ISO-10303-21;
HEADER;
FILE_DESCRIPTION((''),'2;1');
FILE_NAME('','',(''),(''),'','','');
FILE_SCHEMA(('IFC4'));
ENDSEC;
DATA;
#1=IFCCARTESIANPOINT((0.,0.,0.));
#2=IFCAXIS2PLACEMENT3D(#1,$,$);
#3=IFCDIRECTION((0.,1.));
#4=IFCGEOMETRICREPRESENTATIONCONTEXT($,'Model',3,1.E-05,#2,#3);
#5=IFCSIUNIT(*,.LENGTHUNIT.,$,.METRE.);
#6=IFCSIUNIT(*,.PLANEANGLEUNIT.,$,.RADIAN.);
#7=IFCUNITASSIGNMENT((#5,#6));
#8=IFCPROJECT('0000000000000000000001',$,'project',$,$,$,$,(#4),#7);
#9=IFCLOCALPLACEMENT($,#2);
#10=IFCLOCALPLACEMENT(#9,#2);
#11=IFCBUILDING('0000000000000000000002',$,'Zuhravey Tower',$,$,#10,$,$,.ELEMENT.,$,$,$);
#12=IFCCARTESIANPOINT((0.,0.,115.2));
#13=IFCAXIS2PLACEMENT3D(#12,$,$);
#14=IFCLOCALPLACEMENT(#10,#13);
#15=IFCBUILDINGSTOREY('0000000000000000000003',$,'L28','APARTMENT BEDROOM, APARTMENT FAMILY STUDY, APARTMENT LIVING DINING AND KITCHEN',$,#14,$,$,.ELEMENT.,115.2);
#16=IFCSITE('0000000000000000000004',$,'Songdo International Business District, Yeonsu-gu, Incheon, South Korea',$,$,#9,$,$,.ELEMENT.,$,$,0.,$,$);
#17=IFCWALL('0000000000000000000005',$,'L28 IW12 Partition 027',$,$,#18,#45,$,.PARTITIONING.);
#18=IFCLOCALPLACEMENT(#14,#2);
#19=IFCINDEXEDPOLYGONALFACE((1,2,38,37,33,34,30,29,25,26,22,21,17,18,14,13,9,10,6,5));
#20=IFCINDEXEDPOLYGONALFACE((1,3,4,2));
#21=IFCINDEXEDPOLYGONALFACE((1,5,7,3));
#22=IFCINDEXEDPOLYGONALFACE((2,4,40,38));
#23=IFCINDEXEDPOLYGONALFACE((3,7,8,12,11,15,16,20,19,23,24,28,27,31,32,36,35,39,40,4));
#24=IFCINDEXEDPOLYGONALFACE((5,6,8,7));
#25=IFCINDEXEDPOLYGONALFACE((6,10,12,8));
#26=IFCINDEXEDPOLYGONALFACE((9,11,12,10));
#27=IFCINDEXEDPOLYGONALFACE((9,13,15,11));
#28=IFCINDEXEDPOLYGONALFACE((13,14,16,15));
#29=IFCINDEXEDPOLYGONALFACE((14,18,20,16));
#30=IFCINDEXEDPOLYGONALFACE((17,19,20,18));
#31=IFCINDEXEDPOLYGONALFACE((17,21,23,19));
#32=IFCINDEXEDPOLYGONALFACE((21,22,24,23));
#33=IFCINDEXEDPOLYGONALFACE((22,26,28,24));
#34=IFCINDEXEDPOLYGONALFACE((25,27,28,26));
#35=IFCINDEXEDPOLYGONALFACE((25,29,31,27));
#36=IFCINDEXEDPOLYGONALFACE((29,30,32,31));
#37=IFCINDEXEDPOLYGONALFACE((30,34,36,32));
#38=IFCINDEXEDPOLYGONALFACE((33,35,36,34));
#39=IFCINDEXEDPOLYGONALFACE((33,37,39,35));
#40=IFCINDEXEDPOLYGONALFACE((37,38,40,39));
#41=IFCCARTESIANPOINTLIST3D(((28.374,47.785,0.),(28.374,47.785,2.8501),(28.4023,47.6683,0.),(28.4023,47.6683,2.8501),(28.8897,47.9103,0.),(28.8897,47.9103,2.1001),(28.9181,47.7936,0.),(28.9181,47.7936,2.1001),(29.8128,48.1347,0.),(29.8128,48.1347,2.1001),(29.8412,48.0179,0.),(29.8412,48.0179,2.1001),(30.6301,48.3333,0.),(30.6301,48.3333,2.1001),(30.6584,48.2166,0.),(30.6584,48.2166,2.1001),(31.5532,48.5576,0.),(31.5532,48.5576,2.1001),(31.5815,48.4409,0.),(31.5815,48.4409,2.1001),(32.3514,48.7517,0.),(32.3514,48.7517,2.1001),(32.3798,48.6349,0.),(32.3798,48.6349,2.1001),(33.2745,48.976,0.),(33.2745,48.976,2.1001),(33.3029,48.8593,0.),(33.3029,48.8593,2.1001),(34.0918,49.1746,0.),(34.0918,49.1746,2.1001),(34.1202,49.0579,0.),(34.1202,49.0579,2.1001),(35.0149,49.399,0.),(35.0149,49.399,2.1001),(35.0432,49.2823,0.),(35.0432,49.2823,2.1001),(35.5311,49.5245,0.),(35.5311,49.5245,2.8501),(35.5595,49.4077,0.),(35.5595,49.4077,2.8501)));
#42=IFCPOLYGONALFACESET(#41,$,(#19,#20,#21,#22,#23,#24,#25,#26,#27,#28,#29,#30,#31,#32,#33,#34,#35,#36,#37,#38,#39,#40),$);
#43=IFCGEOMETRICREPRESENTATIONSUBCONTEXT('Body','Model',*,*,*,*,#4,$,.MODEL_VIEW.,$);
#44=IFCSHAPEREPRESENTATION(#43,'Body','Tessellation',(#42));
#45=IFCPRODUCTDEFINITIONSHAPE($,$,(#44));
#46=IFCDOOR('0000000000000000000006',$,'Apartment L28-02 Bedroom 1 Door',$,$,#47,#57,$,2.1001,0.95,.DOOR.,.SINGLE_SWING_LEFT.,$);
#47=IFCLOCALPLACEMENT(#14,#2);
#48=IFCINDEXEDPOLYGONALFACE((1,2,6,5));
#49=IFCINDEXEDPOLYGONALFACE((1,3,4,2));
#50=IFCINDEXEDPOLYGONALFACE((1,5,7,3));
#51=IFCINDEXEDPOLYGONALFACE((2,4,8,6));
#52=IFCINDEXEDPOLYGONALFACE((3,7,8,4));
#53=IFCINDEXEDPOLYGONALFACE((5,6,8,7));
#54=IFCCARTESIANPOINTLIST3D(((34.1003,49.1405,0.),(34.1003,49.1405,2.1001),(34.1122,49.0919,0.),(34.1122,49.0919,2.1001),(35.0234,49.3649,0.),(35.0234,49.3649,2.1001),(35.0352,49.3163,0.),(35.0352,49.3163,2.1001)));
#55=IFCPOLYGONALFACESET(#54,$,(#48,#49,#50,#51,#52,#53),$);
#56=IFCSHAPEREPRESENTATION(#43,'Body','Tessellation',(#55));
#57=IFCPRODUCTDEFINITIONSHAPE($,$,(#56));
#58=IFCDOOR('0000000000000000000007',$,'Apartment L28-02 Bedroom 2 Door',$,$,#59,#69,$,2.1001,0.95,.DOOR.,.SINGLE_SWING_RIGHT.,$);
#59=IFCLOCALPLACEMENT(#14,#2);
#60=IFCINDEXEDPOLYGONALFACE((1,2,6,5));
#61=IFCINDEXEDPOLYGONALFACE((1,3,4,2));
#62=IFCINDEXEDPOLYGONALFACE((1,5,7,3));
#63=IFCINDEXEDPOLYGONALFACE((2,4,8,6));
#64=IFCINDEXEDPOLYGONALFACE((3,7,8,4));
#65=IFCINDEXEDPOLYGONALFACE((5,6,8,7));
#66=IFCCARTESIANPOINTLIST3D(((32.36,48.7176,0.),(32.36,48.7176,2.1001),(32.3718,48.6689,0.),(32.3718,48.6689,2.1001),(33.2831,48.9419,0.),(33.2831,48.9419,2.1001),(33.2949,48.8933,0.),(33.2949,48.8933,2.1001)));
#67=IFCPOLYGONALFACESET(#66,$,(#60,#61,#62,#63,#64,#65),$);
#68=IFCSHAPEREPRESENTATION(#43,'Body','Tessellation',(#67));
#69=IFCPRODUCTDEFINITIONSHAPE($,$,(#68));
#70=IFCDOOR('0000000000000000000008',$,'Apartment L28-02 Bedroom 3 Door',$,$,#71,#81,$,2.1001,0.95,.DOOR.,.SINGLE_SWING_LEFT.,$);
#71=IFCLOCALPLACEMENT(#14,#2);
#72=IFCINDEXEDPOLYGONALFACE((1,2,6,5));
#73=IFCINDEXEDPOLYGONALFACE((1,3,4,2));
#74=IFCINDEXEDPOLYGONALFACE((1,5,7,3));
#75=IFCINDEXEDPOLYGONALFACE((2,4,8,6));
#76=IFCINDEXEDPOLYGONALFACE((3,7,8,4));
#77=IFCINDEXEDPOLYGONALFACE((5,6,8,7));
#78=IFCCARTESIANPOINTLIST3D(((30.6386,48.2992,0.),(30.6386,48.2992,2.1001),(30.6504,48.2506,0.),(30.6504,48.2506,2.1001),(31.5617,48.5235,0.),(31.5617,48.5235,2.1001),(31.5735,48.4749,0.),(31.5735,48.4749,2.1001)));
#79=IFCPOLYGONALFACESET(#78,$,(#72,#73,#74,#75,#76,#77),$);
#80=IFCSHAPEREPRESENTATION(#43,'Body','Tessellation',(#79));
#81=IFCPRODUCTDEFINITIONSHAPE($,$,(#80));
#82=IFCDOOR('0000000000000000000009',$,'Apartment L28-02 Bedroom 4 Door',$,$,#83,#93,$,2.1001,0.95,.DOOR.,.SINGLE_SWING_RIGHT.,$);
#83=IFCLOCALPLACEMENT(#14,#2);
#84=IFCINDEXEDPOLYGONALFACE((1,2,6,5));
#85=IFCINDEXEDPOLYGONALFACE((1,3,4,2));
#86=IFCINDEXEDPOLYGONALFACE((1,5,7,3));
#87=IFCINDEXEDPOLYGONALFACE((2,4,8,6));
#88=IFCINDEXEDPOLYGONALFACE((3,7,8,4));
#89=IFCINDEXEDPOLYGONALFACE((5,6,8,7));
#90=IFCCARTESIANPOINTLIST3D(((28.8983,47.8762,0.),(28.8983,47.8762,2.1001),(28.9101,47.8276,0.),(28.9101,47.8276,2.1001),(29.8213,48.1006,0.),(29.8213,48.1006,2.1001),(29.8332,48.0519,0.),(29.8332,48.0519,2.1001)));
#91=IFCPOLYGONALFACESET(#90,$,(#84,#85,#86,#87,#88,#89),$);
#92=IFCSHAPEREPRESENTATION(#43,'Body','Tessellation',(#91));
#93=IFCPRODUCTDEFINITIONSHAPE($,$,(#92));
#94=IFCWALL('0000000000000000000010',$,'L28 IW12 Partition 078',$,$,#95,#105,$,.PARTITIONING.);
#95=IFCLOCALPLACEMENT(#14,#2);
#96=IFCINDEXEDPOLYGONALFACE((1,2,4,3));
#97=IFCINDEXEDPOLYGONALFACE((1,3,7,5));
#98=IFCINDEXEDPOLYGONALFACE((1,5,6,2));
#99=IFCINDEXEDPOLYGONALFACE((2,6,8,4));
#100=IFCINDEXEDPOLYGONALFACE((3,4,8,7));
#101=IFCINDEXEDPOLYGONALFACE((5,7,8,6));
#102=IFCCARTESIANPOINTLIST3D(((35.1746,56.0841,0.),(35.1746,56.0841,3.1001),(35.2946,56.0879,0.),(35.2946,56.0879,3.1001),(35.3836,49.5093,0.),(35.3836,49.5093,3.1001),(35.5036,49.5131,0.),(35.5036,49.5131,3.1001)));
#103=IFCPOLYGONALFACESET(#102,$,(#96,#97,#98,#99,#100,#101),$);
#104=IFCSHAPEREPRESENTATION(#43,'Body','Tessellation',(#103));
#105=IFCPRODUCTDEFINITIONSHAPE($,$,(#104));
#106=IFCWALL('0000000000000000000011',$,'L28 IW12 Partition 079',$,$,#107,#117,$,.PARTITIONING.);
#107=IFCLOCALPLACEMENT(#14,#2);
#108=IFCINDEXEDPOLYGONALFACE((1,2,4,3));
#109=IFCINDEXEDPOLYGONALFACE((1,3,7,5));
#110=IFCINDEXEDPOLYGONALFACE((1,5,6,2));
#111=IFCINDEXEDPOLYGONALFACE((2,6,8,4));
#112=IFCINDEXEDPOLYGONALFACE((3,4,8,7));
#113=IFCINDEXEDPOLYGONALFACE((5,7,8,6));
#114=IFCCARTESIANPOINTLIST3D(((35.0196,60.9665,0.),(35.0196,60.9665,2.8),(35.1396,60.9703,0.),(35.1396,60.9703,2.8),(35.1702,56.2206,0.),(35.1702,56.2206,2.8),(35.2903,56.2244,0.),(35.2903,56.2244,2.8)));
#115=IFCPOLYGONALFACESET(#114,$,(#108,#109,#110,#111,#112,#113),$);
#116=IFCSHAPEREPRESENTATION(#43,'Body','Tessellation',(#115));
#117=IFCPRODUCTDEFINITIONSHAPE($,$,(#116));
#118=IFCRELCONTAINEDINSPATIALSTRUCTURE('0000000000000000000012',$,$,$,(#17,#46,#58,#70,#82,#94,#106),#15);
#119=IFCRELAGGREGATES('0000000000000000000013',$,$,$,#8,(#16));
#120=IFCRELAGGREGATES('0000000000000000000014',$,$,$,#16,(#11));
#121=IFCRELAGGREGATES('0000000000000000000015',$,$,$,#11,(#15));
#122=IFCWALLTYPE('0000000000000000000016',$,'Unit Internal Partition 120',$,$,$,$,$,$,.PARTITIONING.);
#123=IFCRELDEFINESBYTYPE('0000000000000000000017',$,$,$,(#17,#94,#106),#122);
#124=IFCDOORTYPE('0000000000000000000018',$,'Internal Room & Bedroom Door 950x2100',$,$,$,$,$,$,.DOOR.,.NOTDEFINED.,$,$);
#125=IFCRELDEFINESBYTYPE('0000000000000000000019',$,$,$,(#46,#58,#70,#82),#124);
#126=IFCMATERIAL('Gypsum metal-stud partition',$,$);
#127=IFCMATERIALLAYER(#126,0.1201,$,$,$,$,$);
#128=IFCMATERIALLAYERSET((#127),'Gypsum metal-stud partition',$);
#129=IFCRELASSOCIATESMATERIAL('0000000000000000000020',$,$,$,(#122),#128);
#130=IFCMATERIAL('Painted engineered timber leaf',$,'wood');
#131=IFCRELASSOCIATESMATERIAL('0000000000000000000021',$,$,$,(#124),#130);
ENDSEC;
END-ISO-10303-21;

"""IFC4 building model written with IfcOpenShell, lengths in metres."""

from ifc_helpers import new_model, si_unit, direction, frame, frame_2d, origin, place, context, subcontext, project, spatial, rectangle, extrude, material, layer, layer_set, type_object, element, fill, save


model = new_model("IFC4")

# Units and contexts
model_context = context("Model", 3, precision=1e-05, world=origin(), true_north=direction((0.0, 1.0)))
body_context = subcontext(model_context, "Body", "Model", "MODEL_VIEW")
ifc_project = project(units=[si_unit("LENGTHUNIT", "METRE"), si_unit("PLANEANGLEUNIT", "RADIAN")], contexts=[model_context])

# Site, building, storey
site_placement = place(None, origin())
site = spatial("IfcSite", under=ifc_project, at=site_placement, Name="Songdo International Business District, Yeonsu-gu, Incheon, South Korea", CompositionType="ELEMENT", RefElevation=0.0)
building_placement = place(site_placement, origin())
building = spatial("IfcBuilding", under=site, at=building_placement, Name="Zuhravey Tower", CompositionType="ELEMENT")
storey_placement = place(building_placement, frame((0.0, 0.0, 115.2)))
storey = spatial("IfcBuildingStorey", under=building, at=storey_placement, Name="L28", Description="APARTMENT BEDROOM, APARTMENT FAMILY STUDY, APARTMENT LIVING DINING AND KITCHEN", CompositionType="ELEMENT", Elevation=115.2)

# Shared definitions
ifc_material_1 = material(Name="Gypsum metal-stud partition")
ifc_layer_1 = layer(ifc_material_1, 0.1201)
ifc_layer_set_1 = layer_set([ifc_layer_1], Name="Gypsum metal-stud partition")
wall_type_1 = type_object("IfcWallType", Name="Unit Internal Partition 120", PredefinedType="PARTITIONING", material=ifc_layer_set_1)
ifc_material_2 = material(Name="Painted engineered timber leaf", Category="wood")
door_type_1 = type_object("IfcDoorType", Name="Internal Room & Bedroom Door 950x2100", OperationType="NOTDEFINED", PredefinedType="DOOR", material=ifc_material_2)

# Wall, openings, doors
wall_1_placement = place(storey_placement, frame((35.5452, 49.4661, 0.0), z_axis=(0.0, 0.0, 1.0), x_axis=(-0.971713, -0.236166, 0.0)))
wall_1 = element("IfcWall", 1, at=wall_1_placement, inside=storey, type_object=wall_type_1, Name="L28 IW12 Partition 027", PredefinedType="PARTITIONING", context=body_context, shape_type="SweptSolid", body=[
    extrude(rectangle(XDim=7.3655, YDim=0.1201, at=frame_2d((3.6826, 0.0))), origin(), (0.0, 0.0, 1.0), 2.8501),
])
opening_1_placement = place(wall_1_placement, frame((0.531, 0.0, 0.0)))
opening_1 = element("IfcOpeningElement", 2, at=opening_1_placement, cuts=wall_1, PredefinedType="OPENING", context=body_context, shape_type="SweptSolid", body=[
    extrude(rectangle(XDim=0.95, YDim=2.1001, at=frame_2d((0.4751, 1.05))), frame((0.0, 0.072, 0.0), z_axis=(0.0, -1.0, 0.0), x_axis=(1.0, 0.0, 0.0)), (0.0, 0.0, 1.0), 0.144),
])
opening_2_placement = place(wall_1_placement, frame((2.322, 0.0, 0.0)))
opening_2 = element("IfcOpeningElement", 3, at=opening_2_placement, cuts=wall_1, PredefinedType="OPENING", context=body_context, shape_type="SweptSolid", body=[
    extrude(rectangle(XDim=0.95, YDim=2.1001, at=frame_2d((0.4751, 1.05))), frame((0.0, 0.072, 0.0), z_axis=(0.0, -1.0, 0.0), x_axis=(1.0, 0.0, 0.0)), (0.0, 0.0, 1.0), 0.144),
])
opening_3_placement = place(wall_1_placement, frame((4.0935, 0.0, 0.0)))
opening_3 = element("IfcOpeningElement", 4, at=opening_3_placement, cuts=wall_1, PredefinedType="OPENING", context=body_context, shape_type="SweptSolid", body=[
    extrude(rectangle(XDim=0.95, YDim=2.1001, at=frame_2d((0.4751, 1.05))), frame((0.0, 0.072, 0.0), z_axis=(0.0, -1.0, 0.0), x_axis=(1.0, 0.0, 0.0)), (0.0, 0.0, 1.0), 0.144),
])
opening_4_placement = place(wall_1_placement, frame((5.8845, 0.0, 0.0)))
opening_4 = element("IfcOpeningElement", 5, at=opening_4_placement, cuts=wall_1, PredefinedType="OPENING", context=body_context, shape_type="SweptSolid", body=[
    extrude(rectangle(XDim=0.95, YDim=2.1001, at=frame_2d((0.4751, 1.05))), frame((0.0, 0.072, 0.0), z_axis=(0.0, -1.0, 0.0), x_axis=(1.0, 0.0, 0.0)), (0.0, 0.0, 1.0), 0.144),
])
door_1_placement = place(opening_1_placement, frame((0.95, 0.0, 0.0), z_axis=(0.0, 0.0, 1.0), x_axis=(-1.0, 0.0, 0.0)))
door_1 = element("IfcDoor", 6, at=door_1_placement, inside=storey, type_object=door_type_1, Name="Apartment L28-02 Bedroom 1 Door", OperationType="SINGLE_SWING_LEFT", OverallHeight=2.1001, OverallWidth=0.95, PredefinedType="DOOR", context=body_context, shape_type="SweptSolid", body=[
    extrude(rectangle(XDim=0.95, YDim=2.1001, at=frame_2d((0.4751, 1.05))), frame((0.0, 0.0249, 0.0), z_axis=(0.0, -1.0, 0.0), x_axis=(1.0, 0.0, 0.0)), (0.0, 0.0, 1.0), 0.05),
])
fill(opening_1, door_1)
door_2_placement = place(opening_2_placement, frame((0.95, 0.0, 0.0), z_axis=(0.0, 0.0, 1.0), x_axis=(-1.0, 0.0, 0.0)))
door_2 = element("IfcDoor", 7, at=door_2_placement, inside=storey, type_object=door_type_1, Name="Apartment L28-02 Bedroom 2 Door", OperationType="SINGLE_SWING_RIGHT", OverallHeight=2.1001, OverallWidth=0.95, PredefinedType="DOOR", context=body_context, shape_type="SweptSolid", body=[
    extrude(rectangle(XDim=0.95, YDim=2.1001, at=frame_2d((0.4751, 1.05))), frame((0.0, 0.0249, 0.0), z_axis=(0.0, -1.0, 0.0), x_axis=(1.0, 0.0, 0.0)), (0.0, 0.0, 1.0), 0.05),
])
fill(opening_2, door_2)
door_3_placement = place(opening_3_placement, frame((0.95, 0.0, 0.0), z_axis=(0.0, 0.0, 1.0), x_axis=(-1.0, 0.0, 0.0)))
door_3 = element("IfcDoor", 8, at=door_3_placement, inside=storey, type_object=door_type_1, Name="Apartment L28-02 Bedroom 3 Door", OperationType="SINGLE_SWING_LEFT", OverallHeight=2.1001, OverallWidth=0.95, PredefinedType="DOOR", context=body_context, shape_type="SweptSolid", body=[
    extrude(rectangle(XDim=0.95, YDim=2.1001, at=frame_2d((0.4751, 1.05))), frame((0.0, 0.0249, 0.0), z_axis=(0.0, -1.0, 0.0), x_axis=(1.0, 0.0, 0.0)), (0.0, 0.0, 1.0), 0.05),
])
fill(opening_3, door_3)
door_4_placement = place(opening_4_placement, frame((0.95, 0.0, 0.0), z_axis=(0.0, 0.0, 1.0), x_axis=(-1.0, 0.0, 0.0)))
door_4 = element("IfcDoor", 9, at=door_4_placement, inside=storey, type_object=door_type_1, Name="Apartment L28-02 Bedroom 4 Door", OperationType="SINGLE_SWING_RIGHT", OverallHeight=2.1001, OverallWidth=0.95, PredefinedType="DOOR", context=body_context, shape_type="SweptSolid", body=[
    extrude(rectangle(XDim=0.95, YDim=2.1001, at=frame_2d((0.4751, 1.05))), frame((0.0, 0.0249, 0.0), z_axis=(0.0, -1.0, 0.0), x_axis=(1.0, 0.0, 0.0)), (0.0, 0.0, 1.0), 0.05),
])
fill(opening_4, door_4)

# Walls
wall_2_placement = place(storey_placement, frame((35.4436, 49.5112, 0.0), z_axis=(0.0, 0.0, 1.0), x_axis=(-0.03177, 0.999495, 0.0)))
element("IfcWall", 10, at=wall_2_placement, inside=storey, type_object=wall_type_1, Name="L28 IW12 Partition 078", PredefinedType="PARTITIONING", context=body_context, shape_type="SweptSolid", body=[
    extrude(rectangle(XDim=6.5781, YDim=0.1201, at=frame_2d((3.2891, 0.0))), origin(), (0.0, 0.0, 1.0), 3.1001),
])
wall_3_placement = place(storey_placement, frame((35.2302, 56.2227, 0.0), z_axis=(0.0, 0.0, 1.0), x_axis=(-0.031724, 0.999497, 0.0)))
element("IfcWall", 11, at=wall_3_placement, inside=storey, type_object=wall_type_1, Name="L28 IW12 Partition 079", PredefinedType="PARTITIONING", context=body_context, shape_type="SweptSolid", body=[
    extrude(rectangle(XDim=4.7483, YDim=0.1201, at=frame_2d((2.374, 0.0))), origin(), (0.0, 0.0, 1.0), 2.8),
])

save(model, "model.ifc")
